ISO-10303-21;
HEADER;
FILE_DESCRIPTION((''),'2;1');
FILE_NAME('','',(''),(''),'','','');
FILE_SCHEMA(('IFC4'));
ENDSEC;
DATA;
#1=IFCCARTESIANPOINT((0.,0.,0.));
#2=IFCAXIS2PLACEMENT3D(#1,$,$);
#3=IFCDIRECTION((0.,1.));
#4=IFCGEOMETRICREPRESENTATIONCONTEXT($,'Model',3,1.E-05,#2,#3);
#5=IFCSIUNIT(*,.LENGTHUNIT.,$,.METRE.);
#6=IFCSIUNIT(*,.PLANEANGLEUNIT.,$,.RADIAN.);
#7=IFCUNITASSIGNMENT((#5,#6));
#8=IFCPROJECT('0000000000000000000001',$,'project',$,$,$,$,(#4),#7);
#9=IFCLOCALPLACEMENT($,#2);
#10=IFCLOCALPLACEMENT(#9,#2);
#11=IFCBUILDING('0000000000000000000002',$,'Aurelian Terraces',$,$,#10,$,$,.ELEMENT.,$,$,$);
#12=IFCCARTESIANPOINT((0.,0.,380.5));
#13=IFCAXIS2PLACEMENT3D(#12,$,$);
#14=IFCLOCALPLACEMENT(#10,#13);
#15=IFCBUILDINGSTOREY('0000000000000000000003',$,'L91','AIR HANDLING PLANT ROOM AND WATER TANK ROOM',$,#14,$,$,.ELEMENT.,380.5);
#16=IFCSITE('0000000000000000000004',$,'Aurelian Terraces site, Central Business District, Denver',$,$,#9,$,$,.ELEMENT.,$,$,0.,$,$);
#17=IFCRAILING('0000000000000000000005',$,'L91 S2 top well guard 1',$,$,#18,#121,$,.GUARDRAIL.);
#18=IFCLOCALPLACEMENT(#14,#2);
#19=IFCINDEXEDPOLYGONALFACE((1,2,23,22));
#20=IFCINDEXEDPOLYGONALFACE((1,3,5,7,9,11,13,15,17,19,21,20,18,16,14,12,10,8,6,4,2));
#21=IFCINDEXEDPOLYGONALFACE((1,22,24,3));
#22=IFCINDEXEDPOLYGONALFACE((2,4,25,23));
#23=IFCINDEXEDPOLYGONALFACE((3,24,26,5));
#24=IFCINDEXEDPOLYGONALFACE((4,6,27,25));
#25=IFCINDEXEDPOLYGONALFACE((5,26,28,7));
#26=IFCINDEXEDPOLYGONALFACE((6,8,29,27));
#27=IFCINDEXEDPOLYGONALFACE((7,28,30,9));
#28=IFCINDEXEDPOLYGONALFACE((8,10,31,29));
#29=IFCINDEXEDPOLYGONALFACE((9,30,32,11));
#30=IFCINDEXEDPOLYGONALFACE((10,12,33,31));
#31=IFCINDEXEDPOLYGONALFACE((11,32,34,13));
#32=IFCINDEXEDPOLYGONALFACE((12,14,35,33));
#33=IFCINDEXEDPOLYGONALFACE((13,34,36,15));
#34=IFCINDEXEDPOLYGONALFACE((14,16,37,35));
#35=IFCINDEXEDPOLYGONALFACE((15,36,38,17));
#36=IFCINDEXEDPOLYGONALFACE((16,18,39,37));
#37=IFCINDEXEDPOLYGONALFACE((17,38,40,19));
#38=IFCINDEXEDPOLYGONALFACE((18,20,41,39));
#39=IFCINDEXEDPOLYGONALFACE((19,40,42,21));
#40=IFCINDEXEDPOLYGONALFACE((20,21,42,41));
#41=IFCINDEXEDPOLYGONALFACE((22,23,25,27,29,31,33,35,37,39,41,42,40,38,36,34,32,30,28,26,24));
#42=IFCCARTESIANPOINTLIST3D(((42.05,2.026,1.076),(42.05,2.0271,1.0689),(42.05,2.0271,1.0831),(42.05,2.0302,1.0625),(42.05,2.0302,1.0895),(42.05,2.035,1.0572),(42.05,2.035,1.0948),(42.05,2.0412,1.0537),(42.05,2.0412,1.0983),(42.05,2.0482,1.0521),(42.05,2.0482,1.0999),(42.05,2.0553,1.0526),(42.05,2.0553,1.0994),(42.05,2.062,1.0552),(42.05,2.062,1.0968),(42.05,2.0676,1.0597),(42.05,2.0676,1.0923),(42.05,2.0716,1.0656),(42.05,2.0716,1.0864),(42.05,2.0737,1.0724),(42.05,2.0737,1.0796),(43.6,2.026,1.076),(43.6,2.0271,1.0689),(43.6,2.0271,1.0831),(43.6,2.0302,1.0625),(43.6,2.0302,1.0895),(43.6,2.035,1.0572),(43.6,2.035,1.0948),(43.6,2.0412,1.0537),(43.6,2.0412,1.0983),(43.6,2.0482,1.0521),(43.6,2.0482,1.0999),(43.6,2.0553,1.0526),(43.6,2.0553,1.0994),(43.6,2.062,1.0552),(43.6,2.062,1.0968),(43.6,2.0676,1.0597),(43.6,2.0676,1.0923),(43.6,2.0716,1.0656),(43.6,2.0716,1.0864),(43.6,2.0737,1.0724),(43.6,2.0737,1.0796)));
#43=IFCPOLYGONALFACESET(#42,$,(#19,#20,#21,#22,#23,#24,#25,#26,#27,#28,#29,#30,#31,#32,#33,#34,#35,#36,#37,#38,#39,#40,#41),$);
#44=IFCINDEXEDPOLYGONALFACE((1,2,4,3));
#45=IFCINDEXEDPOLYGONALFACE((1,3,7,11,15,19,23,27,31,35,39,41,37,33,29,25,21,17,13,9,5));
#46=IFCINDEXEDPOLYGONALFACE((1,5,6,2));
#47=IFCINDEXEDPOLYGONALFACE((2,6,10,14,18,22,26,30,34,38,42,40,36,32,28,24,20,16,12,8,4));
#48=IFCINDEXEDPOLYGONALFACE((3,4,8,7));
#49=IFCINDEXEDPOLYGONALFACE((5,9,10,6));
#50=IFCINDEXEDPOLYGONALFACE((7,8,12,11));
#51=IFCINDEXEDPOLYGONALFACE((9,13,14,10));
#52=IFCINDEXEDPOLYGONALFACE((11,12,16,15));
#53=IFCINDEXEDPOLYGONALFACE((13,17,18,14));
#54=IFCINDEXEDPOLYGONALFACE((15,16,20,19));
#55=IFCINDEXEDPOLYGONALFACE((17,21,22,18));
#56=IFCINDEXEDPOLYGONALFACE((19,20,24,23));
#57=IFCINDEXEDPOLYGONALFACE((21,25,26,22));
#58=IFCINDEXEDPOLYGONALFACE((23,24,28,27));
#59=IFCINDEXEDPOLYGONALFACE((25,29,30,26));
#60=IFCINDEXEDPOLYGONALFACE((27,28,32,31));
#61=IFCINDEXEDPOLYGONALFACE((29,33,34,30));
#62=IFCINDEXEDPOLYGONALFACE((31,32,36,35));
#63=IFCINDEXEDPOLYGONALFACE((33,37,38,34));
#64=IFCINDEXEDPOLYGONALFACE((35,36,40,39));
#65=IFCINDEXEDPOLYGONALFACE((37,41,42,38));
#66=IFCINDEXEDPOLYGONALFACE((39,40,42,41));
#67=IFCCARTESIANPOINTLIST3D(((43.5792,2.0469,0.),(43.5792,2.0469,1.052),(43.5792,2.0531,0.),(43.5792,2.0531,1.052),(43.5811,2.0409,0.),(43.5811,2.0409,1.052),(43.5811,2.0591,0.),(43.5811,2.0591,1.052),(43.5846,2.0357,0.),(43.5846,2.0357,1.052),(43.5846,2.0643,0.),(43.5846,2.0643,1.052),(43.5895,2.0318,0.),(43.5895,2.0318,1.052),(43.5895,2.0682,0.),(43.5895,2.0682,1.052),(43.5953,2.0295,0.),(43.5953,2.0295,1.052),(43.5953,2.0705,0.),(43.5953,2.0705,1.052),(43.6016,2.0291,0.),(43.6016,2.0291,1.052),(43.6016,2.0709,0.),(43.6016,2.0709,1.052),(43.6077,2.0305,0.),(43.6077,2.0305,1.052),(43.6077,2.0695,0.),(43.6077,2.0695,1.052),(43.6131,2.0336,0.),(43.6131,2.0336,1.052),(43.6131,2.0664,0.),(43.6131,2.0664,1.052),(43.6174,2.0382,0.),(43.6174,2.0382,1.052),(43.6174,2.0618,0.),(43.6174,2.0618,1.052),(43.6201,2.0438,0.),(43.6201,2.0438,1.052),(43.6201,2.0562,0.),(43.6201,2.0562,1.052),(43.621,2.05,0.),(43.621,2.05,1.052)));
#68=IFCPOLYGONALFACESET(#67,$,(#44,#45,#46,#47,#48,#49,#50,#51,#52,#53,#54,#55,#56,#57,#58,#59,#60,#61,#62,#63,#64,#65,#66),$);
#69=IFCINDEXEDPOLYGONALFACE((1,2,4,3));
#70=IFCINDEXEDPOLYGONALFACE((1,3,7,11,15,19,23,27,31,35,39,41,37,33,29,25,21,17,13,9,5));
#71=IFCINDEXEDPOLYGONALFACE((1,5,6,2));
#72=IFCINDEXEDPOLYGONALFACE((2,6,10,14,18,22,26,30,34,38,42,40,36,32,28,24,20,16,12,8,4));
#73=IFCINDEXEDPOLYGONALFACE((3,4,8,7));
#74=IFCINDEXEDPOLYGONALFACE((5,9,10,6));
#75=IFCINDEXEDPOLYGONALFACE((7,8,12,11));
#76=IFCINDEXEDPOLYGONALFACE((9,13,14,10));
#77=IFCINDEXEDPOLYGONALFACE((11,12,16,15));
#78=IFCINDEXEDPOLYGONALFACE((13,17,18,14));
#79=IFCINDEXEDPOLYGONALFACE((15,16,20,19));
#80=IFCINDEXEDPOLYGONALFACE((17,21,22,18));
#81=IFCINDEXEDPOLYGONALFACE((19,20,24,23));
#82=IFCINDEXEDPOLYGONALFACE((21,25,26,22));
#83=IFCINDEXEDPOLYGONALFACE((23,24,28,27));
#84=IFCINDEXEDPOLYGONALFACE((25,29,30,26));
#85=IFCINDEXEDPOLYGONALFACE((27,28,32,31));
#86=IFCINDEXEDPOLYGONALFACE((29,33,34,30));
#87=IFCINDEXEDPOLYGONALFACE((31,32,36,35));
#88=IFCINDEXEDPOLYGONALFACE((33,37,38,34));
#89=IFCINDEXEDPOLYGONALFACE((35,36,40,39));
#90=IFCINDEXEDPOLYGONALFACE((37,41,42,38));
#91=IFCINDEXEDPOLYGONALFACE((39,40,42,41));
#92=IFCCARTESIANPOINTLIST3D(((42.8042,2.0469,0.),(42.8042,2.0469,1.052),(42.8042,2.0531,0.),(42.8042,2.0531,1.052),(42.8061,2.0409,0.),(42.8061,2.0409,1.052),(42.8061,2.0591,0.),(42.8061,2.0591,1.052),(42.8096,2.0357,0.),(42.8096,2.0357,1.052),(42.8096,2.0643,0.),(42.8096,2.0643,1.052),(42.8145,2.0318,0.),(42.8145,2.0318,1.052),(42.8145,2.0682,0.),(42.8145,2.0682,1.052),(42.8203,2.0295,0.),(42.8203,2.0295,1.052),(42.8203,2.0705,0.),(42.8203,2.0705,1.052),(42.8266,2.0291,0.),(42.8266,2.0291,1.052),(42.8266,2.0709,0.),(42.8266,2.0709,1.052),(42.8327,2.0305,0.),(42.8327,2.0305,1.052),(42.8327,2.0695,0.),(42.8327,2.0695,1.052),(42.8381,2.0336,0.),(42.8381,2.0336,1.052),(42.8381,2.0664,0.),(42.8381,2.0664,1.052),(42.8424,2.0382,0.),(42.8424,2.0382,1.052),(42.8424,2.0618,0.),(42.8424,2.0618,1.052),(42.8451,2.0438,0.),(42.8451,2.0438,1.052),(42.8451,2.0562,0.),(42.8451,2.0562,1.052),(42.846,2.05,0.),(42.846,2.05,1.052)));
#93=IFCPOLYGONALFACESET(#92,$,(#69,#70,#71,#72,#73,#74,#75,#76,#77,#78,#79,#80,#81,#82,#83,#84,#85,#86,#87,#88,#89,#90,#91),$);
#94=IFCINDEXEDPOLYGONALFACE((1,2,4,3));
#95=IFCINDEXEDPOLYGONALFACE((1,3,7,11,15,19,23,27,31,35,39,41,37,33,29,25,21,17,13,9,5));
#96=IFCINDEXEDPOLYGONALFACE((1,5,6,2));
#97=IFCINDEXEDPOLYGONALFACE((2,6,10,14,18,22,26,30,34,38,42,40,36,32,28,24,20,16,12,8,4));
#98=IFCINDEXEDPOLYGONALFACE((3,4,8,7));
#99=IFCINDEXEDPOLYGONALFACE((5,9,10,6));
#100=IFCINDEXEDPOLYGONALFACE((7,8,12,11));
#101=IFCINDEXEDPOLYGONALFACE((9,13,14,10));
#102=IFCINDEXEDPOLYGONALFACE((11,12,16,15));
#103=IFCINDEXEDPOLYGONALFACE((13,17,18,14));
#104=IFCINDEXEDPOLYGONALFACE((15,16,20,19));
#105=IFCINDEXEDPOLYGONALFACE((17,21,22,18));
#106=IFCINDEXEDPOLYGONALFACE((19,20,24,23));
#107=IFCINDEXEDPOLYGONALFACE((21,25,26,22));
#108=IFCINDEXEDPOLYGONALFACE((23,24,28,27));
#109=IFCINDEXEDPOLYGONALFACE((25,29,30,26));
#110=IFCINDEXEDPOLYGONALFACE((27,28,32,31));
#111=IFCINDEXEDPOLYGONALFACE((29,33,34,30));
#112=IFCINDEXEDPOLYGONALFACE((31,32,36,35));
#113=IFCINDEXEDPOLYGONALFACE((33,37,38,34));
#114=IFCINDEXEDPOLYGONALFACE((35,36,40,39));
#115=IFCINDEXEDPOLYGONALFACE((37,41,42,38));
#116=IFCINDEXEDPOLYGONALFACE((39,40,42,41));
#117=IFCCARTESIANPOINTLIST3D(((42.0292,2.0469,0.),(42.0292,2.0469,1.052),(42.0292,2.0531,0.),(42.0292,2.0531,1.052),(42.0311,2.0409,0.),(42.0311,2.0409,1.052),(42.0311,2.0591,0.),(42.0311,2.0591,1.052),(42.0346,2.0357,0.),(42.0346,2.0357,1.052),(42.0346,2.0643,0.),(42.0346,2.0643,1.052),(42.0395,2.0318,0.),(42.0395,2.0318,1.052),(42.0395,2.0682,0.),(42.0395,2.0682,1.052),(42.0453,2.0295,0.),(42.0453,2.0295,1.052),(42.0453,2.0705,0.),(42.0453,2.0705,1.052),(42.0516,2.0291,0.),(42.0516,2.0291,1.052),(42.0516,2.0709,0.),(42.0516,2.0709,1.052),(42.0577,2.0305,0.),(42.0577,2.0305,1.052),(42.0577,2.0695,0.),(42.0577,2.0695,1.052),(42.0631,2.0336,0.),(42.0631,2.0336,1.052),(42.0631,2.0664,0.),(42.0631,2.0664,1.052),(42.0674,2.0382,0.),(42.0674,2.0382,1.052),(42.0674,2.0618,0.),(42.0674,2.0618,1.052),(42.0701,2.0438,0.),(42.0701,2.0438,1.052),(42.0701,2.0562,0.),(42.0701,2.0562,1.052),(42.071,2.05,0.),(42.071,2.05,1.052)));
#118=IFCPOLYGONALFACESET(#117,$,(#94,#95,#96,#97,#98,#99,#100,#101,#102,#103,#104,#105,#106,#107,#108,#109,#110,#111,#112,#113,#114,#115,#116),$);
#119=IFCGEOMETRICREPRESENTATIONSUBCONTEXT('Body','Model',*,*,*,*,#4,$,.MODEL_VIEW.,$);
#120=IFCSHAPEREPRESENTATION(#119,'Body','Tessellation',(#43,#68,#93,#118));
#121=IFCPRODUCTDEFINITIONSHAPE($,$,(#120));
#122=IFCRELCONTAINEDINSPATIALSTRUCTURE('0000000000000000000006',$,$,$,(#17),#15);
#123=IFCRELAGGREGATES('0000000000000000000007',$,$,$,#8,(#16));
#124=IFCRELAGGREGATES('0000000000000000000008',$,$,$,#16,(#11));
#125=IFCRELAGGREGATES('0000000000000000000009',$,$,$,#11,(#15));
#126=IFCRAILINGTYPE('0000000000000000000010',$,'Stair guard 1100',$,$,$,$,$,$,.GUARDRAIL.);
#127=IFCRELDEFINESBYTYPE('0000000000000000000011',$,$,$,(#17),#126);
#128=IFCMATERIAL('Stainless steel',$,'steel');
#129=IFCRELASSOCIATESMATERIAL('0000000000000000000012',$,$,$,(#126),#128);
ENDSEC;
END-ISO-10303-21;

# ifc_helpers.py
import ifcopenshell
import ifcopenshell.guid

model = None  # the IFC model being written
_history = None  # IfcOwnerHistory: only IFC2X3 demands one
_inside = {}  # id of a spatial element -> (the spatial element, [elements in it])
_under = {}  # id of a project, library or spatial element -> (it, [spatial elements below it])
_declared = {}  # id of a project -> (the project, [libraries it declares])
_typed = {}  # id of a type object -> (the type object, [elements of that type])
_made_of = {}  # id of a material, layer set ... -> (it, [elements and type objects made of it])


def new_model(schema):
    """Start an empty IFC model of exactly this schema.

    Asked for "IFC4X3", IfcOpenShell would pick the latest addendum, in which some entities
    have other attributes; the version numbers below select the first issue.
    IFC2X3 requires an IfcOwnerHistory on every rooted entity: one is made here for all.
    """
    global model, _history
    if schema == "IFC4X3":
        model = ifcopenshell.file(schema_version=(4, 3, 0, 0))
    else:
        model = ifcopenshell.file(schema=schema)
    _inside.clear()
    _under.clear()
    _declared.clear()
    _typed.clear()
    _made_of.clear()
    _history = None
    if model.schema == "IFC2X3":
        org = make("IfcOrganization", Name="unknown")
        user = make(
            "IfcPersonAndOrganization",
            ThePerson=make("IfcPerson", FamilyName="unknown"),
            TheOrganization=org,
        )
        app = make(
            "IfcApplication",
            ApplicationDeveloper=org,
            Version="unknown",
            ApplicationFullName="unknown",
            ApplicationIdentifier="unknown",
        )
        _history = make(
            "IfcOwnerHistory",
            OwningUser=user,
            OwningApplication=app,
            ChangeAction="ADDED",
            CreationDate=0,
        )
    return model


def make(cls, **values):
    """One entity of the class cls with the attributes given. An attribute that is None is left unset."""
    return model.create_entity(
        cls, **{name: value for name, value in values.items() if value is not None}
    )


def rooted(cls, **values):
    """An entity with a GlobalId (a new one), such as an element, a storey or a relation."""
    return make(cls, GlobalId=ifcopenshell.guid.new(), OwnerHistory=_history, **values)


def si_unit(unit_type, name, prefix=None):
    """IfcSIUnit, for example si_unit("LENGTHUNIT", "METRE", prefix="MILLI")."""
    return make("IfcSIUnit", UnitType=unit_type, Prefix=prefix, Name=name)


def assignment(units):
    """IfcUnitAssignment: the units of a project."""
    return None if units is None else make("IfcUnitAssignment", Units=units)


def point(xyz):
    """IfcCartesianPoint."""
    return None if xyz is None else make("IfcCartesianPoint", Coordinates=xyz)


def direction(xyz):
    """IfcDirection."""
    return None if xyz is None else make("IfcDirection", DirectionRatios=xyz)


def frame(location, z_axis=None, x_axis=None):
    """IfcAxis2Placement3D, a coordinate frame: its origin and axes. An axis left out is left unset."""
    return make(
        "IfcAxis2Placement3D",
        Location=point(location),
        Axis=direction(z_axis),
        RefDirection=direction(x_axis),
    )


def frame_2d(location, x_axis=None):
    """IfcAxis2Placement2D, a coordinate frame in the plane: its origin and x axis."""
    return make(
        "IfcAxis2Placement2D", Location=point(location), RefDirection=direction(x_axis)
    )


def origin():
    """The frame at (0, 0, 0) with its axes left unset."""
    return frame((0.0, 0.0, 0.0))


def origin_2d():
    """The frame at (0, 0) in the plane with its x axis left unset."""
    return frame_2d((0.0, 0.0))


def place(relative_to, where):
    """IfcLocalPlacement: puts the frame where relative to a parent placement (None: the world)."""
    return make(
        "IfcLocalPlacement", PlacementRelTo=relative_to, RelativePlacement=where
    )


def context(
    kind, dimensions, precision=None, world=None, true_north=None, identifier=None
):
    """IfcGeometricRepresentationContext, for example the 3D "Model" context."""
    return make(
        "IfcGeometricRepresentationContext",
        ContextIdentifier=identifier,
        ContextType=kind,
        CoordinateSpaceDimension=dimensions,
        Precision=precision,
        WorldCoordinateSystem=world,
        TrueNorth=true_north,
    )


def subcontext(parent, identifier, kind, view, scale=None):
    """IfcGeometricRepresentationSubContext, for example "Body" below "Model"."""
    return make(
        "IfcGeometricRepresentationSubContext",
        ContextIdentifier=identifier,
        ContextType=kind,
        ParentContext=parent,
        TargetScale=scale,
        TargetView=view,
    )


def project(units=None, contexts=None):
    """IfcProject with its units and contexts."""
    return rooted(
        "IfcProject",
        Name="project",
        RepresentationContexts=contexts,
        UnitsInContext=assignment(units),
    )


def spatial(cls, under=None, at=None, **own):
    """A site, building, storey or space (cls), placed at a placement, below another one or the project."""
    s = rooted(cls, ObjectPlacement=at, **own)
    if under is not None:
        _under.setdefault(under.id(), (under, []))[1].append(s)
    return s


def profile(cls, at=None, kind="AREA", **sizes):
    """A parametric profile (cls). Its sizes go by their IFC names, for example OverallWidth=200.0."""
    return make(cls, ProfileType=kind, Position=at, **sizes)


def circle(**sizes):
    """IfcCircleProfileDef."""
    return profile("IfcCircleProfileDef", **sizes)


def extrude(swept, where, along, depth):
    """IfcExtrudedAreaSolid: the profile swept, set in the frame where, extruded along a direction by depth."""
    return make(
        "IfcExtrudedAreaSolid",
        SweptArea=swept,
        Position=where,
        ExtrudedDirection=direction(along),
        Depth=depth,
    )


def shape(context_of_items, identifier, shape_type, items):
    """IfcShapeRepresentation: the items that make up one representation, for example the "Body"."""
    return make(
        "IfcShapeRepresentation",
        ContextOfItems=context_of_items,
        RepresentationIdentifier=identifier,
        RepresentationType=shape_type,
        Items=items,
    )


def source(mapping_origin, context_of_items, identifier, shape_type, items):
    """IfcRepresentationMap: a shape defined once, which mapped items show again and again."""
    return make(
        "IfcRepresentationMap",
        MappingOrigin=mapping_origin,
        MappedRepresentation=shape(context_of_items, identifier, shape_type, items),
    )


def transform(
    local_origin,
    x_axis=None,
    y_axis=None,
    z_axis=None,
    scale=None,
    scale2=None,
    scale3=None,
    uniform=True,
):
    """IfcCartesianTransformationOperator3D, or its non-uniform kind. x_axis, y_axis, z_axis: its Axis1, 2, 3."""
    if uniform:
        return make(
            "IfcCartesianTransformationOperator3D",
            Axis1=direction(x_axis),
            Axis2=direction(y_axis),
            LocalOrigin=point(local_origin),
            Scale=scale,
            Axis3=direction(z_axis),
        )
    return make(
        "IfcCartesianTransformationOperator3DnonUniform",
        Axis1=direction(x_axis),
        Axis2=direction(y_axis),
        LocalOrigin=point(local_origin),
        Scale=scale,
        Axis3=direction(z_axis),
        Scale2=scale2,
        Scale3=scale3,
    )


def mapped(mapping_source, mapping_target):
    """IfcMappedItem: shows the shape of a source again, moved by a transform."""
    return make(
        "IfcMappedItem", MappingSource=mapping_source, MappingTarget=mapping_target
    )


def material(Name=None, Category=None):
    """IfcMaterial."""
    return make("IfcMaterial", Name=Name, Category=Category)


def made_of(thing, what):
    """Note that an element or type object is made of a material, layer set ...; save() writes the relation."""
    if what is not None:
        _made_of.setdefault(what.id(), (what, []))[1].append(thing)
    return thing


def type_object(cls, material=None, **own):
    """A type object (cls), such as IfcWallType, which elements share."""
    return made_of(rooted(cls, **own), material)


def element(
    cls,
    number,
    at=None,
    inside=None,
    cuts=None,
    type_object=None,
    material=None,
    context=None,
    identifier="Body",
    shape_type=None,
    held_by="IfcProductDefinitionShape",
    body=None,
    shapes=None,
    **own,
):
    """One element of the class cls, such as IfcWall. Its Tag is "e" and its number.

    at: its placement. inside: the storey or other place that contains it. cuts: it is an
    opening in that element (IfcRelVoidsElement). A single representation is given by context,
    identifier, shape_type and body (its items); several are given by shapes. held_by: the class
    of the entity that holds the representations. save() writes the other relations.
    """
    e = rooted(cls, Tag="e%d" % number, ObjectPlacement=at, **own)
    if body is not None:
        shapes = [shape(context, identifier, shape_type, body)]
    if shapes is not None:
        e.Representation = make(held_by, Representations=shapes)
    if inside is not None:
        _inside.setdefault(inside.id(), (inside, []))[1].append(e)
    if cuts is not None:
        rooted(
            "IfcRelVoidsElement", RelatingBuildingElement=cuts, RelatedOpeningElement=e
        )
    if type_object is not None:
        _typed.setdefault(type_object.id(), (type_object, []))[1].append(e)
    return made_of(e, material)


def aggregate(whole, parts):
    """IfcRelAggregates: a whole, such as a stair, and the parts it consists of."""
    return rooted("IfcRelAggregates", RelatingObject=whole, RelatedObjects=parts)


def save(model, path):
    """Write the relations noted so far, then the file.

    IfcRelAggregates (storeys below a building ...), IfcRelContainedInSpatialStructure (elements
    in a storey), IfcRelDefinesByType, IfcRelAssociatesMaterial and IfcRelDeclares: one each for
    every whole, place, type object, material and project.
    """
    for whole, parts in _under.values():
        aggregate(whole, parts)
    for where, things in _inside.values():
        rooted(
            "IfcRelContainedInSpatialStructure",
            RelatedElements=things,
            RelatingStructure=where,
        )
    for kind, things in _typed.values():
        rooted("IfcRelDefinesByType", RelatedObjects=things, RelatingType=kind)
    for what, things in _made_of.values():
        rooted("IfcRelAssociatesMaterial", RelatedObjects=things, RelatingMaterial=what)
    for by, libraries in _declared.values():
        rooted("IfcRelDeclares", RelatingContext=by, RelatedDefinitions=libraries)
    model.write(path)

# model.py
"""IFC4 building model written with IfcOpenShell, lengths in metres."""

from ifc_helpers import new_model, si_unit, direction, frame, origin, origin_2d, place, context, subcontext, project, spatial, circle, extrude, source, transform, mapped, material, type_object, element, save


model = new_model("IFC4")

# Units and contexts
model_context = context("Model", 3, precision=1e-05, world=origin(), true_north=direction((0.0, 1.0)))
body_context = subcontext(model_context, "Body", "Model", "MODEL_VIEW")
ifc_project = project(units=[si_unit("LENGTHUNIT", "METRE"), si_unit("PLANEANGLEUNIT", "RADIAN")], contexts=[model_context])

# Site, building, storey
site_placement = place(None, origin())
site = spatial("IfcSite", under=ifc_project, at=site_placement, Name="Aurelian Terraces site, Central Business District, Denver", CompositionType="ELEMENT", RefElevation=0.0)
building_placement = place(site_placement, origin())
building = spatial("IfcBuilding", under=site, at=building_placement, Name="Aurelian Terraces", CompositionType="ELEMENT")
storey_placement = place(building_placement, frame((0.0, 0.0, 380.5)))
storey = spatial("IfcBuildingStorey", under=building, at=storey_placement, Name="L91", Description="AIR HANDLING PLANT ROOM AND WATER TANK ROOM", CompositionType="ELEMENT", Elevation=380.5)

# Railing
ifc_material_1 = material(Name="Stainless steel", Category="steel")
railing_type = type_object("IfcRailingType", Name="Stair guard 1100", PredefinedType="GUARDRAIL", material=ifc_material_1)
shared_shape_1 = source(origin(), body_context, "Body", "SweptSolid", [
    extrude(circle(Radius=0.024, at=origin_2d()), frame((0.0, 0.0, 1.076), z_axis=(-1.0, 0.0, 0.0), x_axis=(0.0, -1.0, 0.0)), (0.0, 0.0, 1.0), 1.55),
    extrude(circle(Radius=0.021, at=origin_2d()), origin(), (0.0, 0.0, 1.0), 1.052),
    extrude(circle(Radius=0.021, at=origin_2d()), frame((-0.775, 0.0, 0.0)), (0.0, 0.0, 1.0), 1.052),
    extrude(circle(Radius=0.021, at=origin_2d()), frame((-1.55, 0.0, 0.0)), (0.0, 0.0, 1.0), 1.052),
])
railing_placement = place(storey_placement, frame((43.6, 2.05, 0.0)))
element("IfcRailing", 1, at=railing_placement, inside=storey, type_object=railing_type, Name="L91 S2 top well guard 1", PredefinedType="GUARDRAIL", context=body_context, shape_type="MappedRepresentation", body=[
    mapped(shared_shape_1, transform((0.0, 0.0, 0.0), scale=1.0)),
])

save(model, "model.ifc")
